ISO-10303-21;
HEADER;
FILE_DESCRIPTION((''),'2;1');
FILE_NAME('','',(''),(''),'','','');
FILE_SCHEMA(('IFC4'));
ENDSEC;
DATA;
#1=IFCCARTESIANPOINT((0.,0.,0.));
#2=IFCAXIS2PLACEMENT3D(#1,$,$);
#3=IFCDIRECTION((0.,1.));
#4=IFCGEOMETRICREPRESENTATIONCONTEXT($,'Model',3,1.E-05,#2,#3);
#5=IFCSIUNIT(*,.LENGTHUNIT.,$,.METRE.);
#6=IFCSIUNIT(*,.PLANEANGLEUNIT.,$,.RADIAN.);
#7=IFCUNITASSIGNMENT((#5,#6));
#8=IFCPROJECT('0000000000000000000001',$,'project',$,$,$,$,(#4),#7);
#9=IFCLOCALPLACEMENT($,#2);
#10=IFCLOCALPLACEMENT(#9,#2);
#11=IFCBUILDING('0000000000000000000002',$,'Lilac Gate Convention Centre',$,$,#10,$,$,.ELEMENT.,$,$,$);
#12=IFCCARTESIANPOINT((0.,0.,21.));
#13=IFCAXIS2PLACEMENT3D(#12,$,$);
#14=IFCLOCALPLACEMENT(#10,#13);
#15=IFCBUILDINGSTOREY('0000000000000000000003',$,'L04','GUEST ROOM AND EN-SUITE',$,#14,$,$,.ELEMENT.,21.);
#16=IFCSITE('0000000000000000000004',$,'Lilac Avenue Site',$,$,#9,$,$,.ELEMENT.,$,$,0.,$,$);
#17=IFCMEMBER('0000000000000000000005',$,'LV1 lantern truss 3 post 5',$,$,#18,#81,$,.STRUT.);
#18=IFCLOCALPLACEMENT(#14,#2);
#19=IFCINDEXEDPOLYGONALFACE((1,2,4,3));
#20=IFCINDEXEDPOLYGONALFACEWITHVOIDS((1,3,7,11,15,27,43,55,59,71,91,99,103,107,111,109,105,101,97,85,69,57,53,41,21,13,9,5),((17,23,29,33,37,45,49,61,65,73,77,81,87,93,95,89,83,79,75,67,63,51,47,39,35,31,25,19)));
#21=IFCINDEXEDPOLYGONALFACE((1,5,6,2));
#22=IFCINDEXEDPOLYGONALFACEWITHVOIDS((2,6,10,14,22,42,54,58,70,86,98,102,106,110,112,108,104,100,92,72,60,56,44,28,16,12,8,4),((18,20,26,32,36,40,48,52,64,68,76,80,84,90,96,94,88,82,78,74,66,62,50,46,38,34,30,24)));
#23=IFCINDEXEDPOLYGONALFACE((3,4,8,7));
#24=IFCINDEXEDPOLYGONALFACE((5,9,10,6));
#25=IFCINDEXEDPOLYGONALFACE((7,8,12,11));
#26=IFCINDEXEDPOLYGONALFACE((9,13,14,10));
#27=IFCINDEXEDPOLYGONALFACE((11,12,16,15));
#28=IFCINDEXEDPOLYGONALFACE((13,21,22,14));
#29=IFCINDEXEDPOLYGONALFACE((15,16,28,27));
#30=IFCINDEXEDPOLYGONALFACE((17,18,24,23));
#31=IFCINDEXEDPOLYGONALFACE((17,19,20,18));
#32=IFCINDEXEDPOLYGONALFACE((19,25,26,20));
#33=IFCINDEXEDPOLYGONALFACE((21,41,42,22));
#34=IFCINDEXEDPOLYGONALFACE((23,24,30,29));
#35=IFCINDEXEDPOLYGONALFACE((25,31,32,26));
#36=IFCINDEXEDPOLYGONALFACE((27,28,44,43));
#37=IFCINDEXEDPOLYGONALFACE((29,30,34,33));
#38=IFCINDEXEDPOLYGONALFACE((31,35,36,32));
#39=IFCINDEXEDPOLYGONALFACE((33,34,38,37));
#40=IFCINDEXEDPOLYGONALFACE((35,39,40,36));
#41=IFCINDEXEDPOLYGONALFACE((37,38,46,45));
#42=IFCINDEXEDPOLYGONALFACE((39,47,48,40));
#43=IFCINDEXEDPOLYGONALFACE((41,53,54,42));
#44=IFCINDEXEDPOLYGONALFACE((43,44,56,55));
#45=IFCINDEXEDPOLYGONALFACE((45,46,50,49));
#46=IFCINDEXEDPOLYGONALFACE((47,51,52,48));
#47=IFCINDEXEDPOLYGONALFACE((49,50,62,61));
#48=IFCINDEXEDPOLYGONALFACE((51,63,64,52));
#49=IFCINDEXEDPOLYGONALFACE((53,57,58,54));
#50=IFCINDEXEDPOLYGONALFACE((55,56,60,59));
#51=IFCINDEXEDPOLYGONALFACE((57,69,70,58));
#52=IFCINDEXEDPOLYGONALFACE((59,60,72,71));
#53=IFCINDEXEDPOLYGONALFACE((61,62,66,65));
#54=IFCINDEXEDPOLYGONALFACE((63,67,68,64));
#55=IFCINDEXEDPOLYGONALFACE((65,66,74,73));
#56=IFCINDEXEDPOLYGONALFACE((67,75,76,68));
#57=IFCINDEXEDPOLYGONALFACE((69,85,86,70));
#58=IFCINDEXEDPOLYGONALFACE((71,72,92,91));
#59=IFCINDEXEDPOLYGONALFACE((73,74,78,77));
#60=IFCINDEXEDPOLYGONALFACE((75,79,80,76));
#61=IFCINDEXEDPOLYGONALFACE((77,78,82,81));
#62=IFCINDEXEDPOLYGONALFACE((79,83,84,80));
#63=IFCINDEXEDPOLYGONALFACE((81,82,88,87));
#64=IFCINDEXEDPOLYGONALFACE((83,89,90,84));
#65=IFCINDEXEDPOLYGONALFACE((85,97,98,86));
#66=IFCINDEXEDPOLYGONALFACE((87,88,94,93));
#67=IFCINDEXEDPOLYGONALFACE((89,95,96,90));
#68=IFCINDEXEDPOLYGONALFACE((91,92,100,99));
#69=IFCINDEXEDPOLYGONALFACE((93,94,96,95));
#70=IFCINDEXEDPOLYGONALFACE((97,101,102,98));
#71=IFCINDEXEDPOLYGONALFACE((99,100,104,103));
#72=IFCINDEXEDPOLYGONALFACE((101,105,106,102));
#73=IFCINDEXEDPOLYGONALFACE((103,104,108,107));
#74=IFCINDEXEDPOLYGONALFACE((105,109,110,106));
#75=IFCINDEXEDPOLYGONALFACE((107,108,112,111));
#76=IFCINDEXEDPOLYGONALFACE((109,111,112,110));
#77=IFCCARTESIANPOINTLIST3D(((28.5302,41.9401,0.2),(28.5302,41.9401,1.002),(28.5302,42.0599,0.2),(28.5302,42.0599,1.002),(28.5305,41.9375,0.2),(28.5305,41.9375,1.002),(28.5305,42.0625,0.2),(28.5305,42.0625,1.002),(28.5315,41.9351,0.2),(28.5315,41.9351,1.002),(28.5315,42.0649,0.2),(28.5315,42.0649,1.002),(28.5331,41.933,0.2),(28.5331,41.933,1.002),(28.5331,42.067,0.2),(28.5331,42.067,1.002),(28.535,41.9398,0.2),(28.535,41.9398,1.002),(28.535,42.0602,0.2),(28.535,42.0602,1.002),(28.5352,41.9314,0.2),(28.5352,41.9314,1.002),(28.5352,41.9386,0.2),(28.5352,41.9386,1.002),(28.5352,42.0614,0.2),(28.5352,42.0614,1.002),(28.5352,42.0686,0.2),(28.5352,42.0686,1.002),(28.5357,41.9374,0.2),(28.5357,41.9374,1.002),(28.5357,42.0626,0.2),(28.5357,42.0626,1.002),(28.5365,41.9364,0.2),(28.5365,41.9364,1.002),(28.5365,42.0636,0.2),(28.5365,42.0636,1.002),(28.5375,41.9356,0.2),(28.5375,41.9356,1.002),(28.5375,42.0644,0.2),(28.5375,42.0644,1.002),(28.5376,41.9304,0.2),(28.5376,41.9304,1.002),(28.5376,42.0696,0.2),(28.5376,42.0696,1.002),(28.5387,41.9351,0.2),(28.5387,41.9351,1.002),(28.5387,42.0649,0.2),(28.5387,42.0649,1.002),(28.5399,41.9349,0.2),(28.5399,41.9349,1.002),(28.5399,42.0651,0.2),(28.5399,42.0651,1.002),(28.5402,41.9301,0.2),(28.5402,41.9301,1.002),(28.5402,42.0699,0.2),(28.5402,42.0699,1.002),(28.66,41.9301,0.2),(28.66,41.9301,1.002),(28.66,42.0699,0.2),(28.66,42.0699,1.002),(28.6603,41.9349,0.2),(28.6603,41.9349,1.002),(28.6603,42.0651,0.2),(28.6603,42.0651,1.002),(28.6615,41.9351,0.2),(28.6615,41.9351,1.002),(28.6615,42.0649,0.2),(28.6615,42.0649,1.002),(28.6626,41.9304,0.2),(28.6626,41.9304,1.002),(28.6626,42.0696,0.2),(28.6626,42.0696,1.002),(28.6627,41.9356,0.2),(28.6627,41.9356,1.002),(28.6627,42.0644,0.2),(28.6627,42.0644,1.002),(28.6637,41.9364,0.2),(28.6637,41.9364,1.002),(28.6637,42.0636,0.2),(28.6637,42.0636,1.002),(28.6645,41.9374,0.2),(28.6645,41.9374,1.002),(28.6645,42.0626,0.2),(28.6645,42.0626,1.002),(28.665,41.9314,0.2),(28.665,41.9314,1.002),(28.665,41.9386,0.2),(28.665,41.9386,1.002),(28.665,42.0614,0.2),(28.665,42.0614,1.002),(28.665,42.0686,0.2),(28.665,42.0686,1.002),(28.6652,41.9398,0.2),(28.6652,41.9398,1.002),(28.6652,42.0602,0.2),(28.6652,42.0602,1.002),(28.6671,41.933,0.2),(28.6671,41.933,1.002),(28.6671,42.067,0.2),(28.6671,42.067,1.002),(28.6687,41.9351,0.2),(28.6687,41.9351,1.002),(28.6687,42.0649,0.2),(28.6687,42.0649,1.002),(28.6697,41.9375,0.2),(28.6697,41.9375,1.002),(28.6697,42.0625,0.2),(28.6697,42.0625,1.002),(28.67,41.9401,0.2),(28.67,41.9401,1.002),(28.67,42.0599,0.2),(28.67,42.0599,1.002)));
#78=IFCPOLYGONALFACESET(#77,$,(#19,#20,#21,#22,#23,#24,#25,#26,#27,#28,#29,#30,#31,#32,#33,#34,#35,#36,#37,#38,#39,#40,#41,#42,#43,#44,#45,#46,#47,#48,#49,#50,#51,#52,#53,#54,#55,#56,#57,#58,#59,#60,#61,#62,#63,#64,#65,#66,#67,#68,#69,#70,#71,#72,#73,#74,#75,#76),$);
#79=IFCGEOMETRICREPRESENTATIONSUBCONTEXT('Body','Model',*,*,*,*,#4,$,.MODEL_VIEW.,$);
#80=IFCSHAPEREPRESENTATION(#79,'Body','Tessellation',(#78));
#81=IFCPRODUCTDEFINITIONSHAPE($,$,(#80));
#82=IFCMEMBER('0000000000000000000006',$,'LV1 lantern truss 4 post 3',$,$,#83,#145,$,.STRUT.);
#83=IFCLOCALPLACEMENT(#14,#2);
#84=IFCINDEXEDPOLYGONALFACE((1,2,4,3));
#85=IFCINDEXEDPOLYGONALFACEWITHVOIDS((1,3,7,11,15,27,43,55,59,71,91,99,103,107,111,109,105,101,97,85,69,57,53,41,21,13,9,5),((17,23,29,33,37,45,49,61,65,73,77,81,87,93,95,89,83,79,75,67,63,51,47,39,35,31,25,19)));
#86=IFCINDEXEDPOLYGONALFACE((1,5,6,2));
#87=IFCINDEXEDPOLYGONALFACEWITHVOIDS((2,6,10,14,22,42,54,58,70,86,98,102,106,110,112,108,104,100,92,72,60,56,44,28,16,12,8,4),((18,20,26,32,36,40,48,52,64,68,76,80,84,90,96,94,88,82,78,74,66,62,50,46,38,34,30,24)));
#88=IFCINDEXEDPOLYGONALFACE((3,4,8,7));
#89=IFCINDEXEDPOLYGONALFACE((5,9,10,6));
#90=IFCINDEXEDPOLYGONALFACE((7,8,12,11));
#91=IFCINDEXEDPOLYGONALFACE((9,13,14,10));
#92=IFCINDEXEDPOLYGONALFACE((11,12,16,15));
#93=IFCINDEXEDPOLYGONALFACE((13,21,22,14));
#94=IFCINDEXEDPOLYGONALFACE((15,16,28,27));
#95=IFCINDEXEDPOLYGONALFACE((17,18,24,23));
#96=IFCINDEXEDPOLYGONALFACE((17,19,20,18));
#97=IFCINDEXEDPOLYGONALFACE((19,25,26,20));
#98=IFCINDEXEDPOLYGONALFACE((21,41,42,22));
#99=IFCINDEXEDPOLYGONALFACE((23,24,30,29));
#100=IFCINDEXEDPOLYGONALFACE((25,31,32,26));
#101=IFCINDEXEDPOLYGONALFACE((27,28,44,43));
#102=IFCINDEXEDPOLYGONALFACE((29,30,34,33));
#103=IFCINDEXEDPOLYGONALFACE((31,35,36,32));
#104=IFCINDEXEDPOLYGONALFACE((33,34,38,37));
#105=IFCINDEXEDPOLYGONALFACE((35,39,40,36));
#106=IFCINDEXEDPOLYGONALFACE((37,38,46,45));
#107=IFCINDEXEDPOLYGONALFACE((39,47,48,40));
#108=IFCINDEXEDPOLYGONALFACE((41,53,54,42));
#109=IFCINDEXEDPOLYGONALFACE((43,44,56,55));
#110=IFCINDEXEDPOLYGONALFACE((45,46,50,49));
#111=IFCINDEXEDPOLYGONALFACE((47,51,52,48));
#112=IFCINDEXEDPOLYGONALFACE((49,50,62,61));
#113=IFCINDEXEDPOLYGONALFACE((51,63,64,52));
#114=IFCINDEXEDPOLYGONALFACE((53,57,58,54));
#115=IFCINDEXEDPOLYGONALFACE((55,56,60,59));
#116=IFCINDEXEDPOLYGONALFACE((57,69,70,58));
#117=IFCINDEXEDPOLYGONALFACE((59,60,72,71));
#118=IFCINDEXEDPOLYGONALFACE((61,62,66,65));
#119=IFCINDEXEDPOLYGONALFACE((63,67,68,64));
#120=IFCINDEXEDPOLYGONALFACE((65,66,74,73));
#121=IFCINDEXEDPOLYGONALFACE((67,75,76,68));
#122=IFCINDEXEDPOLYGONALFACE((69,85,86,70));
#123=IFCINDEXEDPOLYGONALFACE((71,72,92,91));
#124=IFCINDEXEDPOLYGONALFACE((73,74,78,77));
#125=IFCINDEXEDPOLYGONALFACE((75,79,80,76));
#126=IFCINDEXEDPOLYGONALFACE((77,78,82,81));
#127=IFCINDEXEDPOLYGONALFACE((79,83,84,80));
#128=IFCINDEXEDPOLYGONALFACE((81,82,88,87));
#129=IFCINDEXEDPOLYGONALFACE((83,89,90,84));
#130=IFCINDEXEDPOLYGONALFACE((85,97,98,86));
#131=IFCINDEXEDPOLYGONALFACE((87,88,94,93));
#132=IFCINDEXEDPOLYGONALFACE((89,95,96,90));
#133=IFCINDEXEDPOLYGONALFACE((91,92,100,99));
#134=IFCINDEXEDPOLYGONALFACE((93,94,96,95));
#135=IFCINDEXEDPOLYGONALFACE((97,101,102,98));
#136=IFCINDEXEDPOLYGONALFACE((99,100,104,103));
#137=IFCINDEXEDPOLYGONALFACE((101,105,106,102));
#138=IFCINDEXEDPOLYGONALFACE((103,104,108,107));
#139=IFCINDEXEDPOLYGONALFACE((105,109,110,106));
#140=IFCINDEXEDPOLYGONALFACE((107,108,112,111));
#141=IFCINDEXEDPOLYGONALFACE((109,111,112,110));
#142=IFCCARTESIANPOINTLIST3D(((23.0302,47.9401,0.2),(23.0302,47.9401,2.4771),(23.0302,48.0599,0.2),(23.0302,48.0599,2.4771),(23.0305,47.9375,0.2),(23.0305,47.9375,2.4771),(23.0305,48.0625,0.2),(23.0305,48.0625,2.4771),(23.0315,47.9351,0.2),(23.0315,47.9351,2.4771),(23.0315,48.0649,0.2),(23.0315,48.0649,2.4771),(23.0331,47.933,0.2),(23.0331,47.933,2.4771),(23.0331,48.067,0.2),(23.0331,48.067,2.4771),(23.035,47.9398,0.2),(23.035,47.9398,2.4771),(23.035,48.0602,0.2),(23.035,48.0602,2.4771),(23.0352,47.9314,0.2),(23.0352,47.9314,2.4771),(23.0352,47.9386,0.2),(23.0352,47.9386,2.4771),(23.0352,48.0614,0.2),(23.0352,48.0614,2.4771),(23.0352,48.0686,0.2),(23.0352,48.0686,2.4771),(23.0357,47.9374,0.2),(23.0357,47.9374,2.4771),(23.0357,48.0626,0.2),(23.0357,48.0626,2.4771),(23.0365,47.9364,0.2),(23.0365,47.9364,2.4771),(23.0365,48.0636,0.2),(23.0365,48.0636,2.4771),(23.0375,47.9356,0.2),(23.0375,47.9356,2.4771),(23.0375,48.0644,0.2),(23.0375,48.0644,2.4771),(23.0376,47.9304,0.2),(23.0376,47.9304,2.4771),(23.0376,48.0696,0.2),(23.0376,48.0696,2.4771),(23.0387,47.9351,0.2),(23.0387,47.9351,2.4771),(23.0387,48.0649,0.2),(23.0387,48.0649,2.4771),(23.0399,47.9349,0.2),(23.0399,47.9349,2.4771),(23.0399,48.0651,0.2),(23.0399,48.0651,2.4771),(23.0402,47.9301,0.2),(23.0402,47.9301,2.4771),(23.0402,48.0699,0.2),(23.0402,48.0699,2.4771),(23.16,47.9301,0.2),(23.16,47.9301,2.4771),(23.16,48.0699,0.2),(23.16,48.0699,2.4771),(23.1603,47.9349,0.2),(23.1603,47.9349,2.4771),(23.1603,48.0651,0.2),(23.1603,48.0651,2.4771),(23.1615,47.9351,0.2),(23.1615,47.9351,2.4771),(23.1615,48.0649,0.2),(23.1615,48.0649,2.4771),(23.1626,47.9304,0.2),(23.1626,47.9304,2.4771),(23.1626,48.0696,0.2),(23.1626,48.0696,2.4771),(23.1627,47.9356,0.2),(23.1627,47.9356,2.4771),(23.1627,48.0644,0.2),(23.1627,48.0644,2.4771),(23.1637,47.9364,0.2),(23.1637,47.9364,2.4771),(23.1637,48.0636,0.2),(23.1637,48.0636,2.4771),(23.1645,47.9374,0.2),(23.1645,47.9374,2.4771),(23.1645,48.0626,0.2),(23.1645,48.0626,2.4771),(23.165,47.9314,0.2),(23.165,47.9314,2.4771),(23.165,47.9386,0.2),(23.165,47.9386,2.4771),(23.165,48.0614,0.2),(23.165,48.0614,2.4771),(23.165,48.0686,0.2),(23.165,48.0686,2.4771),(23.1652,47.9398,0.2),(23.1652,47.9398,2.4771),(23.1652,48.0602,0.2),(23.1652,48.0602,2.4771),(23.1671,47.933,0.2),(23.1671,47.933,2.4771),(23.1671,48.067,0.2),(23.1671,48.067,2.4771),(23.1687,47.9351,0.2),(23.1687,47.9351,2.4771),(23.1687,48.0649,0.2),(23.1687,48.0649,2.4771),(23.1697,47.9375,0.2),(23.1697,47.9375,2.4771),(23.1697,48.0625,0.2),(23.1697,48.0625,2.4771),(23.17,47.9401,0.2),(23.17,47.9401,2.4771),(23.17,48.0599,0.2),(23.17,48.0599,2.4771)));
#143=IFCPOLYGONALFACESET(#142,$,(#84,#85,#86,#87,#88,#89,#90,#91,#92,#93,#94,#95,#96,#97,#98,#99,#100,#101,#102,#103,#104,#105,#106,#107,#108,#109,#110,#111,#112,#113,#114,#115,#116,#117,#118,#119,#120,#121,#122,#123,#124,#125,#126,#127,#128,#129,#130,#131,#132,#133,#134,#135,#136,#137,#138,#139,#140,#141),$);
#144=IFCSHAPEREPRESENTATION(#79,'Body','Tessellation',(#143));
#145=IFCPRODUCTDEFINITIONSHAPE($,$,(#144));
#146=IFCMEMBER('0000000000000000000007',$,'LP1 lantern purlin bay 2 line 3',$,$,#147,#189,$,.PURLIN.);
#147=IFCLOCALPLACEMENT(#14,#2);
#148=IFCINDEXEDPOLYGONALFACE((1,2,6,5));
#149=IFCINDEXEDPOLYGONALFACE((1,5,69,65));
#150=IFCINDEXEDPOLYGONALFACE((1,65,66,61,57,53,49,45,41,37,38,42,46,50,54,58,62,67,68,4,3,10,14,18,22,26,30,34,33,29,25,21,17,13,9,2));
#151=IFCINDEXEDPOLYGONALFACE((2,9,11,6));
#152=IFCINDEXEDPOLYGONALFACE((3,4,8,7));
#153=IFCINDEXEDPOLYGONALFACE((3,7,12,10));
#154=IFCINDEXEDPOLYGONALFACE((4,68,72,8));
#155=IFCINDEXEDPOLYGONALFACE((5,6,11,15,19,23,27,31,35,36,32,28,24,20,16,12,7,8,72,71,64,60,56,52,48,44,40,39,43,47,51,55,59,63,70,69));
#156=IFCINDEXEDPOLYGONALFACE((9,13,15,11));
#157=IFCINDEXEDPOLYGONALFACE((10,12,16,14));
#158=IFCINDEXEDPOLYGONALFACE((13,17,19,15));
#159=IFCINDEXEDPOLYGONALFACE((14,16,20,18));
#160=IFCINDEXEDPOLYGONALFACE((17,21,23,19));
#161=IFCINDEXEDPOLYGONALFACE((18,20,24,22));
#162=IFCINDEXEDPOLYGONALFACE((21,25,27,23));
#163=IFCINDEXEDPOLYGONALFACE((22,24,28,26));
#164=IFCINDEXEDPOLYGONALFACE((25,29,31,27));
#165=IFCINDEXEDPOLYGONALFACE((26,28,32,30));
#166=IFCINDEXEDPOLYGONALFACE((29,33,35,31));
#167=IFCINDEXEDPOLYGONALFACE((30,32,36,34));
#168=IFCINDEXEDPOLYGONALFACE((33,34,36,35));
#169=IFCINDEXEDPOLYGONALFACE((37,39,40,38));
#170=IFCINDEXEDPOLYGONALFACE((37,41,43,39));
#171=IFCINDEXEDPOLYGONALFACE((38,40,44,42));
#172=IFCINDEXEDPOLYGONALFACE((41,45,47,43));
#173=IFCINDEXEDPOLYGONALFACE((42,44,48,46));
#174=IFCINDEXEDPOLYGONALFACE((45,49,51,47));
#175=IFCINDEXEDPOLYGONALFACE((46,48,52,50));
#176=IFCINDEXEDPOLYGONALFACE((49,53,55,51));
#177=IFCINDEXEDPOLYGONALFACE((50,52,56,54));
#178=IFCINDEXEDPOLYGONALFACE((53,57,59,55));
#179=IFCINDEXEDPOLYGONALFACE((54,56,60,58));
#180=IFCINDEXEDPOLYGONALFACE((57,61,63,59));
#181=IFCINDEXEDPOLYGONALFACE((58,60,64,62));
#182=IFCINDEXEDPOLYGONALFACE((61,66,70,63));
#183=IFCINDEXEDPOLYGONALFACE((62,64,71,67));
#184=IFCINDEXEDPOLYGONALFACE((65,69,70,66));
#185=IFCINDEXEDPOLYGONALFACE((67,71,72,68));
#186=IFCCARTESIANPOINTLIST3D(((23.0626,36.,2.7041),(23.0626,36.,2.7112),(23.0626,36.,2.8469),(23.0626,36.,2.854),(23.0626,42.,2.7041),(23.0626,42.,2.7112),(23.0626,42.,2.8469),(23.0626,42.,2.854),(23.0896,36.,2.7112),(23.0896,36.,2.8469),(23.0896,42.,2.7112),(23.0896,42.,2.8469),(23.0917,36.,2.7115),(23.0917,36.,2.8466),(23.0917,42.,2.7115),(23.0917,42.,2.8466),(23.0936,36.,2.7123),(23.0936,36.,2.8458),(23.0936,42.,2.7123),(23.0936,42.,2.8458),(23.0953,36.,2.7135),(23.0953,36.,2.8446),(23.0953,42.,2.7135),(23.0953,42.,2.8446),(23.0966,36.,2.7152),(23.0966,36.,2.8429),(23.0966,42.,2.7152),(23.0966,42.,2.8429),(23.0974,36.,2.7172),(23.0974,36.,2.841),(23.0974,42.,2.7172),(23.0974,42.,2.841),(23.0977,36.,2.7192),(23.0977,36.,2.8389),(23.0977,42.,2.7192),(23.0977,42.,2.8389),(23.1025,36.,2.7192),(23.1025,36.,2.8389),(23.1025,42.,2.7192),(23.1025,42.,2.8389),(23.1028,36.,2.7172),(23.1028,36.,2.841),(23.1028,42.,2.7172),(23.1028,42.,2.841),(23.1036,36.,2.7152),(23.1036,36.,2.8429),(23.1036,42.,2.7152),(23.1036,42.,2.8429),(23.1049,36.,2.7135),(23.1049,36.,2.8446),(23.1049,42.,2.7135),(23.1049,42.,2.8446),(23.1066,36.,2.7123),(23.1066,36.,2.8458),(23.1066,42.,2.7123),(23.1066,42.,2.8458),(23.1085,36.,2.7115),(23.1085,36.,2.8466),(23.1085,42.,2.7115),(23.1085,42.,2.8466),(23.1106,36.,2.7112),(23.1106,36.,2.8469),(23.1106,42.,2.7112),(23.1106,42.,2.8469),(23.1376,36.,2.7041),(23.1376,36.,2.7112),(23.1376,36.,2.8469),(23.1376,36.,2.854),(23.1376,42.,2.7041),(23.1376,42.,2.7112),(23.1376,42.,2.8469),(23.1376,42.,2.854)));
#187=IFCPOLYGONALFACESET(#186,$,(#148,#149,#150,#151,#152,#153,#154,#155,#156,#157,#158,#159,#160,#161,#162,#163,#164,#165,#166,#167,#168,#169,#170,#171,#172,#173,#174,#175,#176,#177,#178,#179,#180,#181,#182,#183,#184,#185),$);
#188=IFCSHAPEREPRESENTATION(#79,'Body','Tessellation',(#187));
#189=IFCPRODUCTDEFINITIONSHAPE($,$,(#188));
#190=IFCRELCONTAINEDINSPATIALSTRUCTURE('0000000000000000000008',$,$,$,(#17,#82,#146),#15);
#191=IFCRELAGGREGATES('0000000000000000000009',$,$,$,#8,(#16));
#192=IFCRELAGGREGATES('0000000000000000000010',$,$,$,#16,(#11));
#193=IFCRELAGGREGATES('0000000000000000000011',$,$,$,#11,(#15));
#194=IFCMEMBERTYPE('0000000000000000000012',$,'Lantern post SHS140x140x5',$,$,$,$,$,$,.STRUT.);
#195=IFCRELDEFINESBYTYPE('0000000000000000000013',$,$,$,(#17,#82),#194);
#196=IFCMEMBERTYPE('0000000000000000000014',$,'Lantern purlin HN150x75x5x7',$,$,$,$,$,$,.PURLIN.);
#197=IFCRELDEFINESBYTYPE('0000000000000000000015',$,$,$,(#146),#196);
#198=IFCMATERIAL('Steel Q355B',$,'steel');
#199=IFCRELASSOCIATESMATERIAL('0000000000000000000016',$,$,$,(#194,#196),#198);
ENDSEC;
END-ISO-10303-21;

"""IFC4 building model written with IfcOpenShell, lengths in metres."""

from ifc_helpers import new_model, si_unit, direction, frame, origin, origin_2d, place, context, subcontext, project, spatial, hollow_rectangle, i_section, extrude, material, material_profile, profile_set, type_object, element, save


model = new_model("IFC4")

# Units and contexts
model_context = context("Model", 3, precision=1e-05, world=origin(), true_north=direction((0.0, 1.0)))
body_context = subcontext(model_context, "Body", "Model", "MODEL_VIEW")
ifc_project = project(units=[si_unit("LENGTHUNIT", "METRE"), si_unit("PLANEANGLEUNIT", "RADIAN")], contexts=[model_context])

# Site, building, storey
site_placement = place(None, origin())
site = spatial("IfcSite", under=ifc_project, at=site_placement, Name="Lilac Avenue Site", CompositionType="ELEMENT", RefElevation=0.0)
building_placement = place(site_placement, origin())
building = spatial("IfcBuilding", under=site, at=building_placement, Name="Lilac Gate Convention Centre", CompositionType="ELEMENT")
storey_placement = place(building_placement, frame((0.0, 0.0, 21.0)))
storey = spatial("IfcBuildingStorey", under=building, at=storey_placement, Name="L04", Description="GUEST ROOM AND EN-SUITE", CompositionType="ELEMENT", Elevation=21.0)

# Members
ifc_material_1 = material(Name="Steel Q355B", Category="steel")
ifc_material_profile_1 = material_profile(ifc_material_1, hollow_rectangle(XDim=0.1399, YDim=0.1399, WallThickness=0.0049, InnerFilletRadius=0.0049, OuterFilletRadius=0.01, at=origin_2d()), Name="SHS140x140x5")
ifc_profile_set_1 = profile_set([ifc_material_profile_1], Name="Steel Q355B")
member_type_1 = type_object("IfcMemberType", Name="Lantern post SHS140x140x5", PredefinedType="STRUT", material=ifc_profile_set_1)
member_1_placement = place(storey_placement, frame((28.6001, 42.0, 0.2), z_axis=(0.0, 0.0, 1.0), x_axis=(1.0, 0.0, 0.0)))
element("IfcMember", 1, at=member_1_placement, inside=storey, type_object=member_type_1, Name="LV1 lantern truss 3 post 5", PredefinedType="STRUT", context=body_context, shape_type="SweptSolid", body=[
    extrude(hollow_rectangle(XDim=0.1399, YDim=0.1399, WallThickness=0.0049, InnerFilletRadius=0.0049, OuterFilletRadius=0.01, at=origin_2d()), origin(), (0.0, 0.0, 1.0), 0.802),
])
member_2_placement = place(storey_placement, frame((23.1001, 48.0, 0.2), z_axis=(0.0, 0.0, 1.0), x_axis=(1.0, 0.0, 0.0)))
element("IfcMember", 2, at=member_2_placement, inside=storey, type_object=member_type_1, Name="LV1 lantern truss 4 post 3", PredefinedType="STRUT", context=body_context, shape_type="SweptSolid", body=[
    extrude(hollow_rectangle(XDim=0.1399, YDim=0.1399, WallThickness=0.0049, InnerFilletRadius=0.0049, OuterFilletRadius=0.01, at=origin_2d()), origin(), (0.0, 0.0, 1.0), 2.2771),
])
ifc_material_profile_2 = material_profile(ifc_material_1, i_section(OverallWidth=0.075, OverallDepth=0.1499, WebThickness=0.0049, FlangeThickness=0.0071, FilletRadius=0.0081, at=origin_2d()), Name="HN150x75x5x7")
ifc_profile_set_2 = profile_set([ifc_material_profile_2], Name="Steel Q355B")
member_type_2 = type_object("IfcMemberType", Name="Lantern purlin HN150x75x5x7", PredefinedType="PURLIN", material=ifc_profile_set_2)
for number, where, z_axis, x_axis, name in (
    (3, (23.1001, 36.0, 2.7791), (0.0, 1.0, 0.0), (-1.0, 0.0, 0.0), "LP1 lantern purlin bay 2 line 3"),
):
    element("IfcMember", number, at=place(storey_placement, frame(where, z_axis=z_axis, x_axis=x_axis)), inside=storey, type_object=member_type_2, Name=name, PredefinedType="PURLIN", context=body_context, shape_type="SweptSolid", body=[
        extrude(i_section(OverallWidth=0.075, OverallDepth=0.1499, WebThickness=0.0049, FlangeThickness=0.0071, FilletRadius=0.0081, at=origin_2d()), origin(), (0.0, 0.0, 1.0), 6.0),
    ])

save(model, "model.ifc")
